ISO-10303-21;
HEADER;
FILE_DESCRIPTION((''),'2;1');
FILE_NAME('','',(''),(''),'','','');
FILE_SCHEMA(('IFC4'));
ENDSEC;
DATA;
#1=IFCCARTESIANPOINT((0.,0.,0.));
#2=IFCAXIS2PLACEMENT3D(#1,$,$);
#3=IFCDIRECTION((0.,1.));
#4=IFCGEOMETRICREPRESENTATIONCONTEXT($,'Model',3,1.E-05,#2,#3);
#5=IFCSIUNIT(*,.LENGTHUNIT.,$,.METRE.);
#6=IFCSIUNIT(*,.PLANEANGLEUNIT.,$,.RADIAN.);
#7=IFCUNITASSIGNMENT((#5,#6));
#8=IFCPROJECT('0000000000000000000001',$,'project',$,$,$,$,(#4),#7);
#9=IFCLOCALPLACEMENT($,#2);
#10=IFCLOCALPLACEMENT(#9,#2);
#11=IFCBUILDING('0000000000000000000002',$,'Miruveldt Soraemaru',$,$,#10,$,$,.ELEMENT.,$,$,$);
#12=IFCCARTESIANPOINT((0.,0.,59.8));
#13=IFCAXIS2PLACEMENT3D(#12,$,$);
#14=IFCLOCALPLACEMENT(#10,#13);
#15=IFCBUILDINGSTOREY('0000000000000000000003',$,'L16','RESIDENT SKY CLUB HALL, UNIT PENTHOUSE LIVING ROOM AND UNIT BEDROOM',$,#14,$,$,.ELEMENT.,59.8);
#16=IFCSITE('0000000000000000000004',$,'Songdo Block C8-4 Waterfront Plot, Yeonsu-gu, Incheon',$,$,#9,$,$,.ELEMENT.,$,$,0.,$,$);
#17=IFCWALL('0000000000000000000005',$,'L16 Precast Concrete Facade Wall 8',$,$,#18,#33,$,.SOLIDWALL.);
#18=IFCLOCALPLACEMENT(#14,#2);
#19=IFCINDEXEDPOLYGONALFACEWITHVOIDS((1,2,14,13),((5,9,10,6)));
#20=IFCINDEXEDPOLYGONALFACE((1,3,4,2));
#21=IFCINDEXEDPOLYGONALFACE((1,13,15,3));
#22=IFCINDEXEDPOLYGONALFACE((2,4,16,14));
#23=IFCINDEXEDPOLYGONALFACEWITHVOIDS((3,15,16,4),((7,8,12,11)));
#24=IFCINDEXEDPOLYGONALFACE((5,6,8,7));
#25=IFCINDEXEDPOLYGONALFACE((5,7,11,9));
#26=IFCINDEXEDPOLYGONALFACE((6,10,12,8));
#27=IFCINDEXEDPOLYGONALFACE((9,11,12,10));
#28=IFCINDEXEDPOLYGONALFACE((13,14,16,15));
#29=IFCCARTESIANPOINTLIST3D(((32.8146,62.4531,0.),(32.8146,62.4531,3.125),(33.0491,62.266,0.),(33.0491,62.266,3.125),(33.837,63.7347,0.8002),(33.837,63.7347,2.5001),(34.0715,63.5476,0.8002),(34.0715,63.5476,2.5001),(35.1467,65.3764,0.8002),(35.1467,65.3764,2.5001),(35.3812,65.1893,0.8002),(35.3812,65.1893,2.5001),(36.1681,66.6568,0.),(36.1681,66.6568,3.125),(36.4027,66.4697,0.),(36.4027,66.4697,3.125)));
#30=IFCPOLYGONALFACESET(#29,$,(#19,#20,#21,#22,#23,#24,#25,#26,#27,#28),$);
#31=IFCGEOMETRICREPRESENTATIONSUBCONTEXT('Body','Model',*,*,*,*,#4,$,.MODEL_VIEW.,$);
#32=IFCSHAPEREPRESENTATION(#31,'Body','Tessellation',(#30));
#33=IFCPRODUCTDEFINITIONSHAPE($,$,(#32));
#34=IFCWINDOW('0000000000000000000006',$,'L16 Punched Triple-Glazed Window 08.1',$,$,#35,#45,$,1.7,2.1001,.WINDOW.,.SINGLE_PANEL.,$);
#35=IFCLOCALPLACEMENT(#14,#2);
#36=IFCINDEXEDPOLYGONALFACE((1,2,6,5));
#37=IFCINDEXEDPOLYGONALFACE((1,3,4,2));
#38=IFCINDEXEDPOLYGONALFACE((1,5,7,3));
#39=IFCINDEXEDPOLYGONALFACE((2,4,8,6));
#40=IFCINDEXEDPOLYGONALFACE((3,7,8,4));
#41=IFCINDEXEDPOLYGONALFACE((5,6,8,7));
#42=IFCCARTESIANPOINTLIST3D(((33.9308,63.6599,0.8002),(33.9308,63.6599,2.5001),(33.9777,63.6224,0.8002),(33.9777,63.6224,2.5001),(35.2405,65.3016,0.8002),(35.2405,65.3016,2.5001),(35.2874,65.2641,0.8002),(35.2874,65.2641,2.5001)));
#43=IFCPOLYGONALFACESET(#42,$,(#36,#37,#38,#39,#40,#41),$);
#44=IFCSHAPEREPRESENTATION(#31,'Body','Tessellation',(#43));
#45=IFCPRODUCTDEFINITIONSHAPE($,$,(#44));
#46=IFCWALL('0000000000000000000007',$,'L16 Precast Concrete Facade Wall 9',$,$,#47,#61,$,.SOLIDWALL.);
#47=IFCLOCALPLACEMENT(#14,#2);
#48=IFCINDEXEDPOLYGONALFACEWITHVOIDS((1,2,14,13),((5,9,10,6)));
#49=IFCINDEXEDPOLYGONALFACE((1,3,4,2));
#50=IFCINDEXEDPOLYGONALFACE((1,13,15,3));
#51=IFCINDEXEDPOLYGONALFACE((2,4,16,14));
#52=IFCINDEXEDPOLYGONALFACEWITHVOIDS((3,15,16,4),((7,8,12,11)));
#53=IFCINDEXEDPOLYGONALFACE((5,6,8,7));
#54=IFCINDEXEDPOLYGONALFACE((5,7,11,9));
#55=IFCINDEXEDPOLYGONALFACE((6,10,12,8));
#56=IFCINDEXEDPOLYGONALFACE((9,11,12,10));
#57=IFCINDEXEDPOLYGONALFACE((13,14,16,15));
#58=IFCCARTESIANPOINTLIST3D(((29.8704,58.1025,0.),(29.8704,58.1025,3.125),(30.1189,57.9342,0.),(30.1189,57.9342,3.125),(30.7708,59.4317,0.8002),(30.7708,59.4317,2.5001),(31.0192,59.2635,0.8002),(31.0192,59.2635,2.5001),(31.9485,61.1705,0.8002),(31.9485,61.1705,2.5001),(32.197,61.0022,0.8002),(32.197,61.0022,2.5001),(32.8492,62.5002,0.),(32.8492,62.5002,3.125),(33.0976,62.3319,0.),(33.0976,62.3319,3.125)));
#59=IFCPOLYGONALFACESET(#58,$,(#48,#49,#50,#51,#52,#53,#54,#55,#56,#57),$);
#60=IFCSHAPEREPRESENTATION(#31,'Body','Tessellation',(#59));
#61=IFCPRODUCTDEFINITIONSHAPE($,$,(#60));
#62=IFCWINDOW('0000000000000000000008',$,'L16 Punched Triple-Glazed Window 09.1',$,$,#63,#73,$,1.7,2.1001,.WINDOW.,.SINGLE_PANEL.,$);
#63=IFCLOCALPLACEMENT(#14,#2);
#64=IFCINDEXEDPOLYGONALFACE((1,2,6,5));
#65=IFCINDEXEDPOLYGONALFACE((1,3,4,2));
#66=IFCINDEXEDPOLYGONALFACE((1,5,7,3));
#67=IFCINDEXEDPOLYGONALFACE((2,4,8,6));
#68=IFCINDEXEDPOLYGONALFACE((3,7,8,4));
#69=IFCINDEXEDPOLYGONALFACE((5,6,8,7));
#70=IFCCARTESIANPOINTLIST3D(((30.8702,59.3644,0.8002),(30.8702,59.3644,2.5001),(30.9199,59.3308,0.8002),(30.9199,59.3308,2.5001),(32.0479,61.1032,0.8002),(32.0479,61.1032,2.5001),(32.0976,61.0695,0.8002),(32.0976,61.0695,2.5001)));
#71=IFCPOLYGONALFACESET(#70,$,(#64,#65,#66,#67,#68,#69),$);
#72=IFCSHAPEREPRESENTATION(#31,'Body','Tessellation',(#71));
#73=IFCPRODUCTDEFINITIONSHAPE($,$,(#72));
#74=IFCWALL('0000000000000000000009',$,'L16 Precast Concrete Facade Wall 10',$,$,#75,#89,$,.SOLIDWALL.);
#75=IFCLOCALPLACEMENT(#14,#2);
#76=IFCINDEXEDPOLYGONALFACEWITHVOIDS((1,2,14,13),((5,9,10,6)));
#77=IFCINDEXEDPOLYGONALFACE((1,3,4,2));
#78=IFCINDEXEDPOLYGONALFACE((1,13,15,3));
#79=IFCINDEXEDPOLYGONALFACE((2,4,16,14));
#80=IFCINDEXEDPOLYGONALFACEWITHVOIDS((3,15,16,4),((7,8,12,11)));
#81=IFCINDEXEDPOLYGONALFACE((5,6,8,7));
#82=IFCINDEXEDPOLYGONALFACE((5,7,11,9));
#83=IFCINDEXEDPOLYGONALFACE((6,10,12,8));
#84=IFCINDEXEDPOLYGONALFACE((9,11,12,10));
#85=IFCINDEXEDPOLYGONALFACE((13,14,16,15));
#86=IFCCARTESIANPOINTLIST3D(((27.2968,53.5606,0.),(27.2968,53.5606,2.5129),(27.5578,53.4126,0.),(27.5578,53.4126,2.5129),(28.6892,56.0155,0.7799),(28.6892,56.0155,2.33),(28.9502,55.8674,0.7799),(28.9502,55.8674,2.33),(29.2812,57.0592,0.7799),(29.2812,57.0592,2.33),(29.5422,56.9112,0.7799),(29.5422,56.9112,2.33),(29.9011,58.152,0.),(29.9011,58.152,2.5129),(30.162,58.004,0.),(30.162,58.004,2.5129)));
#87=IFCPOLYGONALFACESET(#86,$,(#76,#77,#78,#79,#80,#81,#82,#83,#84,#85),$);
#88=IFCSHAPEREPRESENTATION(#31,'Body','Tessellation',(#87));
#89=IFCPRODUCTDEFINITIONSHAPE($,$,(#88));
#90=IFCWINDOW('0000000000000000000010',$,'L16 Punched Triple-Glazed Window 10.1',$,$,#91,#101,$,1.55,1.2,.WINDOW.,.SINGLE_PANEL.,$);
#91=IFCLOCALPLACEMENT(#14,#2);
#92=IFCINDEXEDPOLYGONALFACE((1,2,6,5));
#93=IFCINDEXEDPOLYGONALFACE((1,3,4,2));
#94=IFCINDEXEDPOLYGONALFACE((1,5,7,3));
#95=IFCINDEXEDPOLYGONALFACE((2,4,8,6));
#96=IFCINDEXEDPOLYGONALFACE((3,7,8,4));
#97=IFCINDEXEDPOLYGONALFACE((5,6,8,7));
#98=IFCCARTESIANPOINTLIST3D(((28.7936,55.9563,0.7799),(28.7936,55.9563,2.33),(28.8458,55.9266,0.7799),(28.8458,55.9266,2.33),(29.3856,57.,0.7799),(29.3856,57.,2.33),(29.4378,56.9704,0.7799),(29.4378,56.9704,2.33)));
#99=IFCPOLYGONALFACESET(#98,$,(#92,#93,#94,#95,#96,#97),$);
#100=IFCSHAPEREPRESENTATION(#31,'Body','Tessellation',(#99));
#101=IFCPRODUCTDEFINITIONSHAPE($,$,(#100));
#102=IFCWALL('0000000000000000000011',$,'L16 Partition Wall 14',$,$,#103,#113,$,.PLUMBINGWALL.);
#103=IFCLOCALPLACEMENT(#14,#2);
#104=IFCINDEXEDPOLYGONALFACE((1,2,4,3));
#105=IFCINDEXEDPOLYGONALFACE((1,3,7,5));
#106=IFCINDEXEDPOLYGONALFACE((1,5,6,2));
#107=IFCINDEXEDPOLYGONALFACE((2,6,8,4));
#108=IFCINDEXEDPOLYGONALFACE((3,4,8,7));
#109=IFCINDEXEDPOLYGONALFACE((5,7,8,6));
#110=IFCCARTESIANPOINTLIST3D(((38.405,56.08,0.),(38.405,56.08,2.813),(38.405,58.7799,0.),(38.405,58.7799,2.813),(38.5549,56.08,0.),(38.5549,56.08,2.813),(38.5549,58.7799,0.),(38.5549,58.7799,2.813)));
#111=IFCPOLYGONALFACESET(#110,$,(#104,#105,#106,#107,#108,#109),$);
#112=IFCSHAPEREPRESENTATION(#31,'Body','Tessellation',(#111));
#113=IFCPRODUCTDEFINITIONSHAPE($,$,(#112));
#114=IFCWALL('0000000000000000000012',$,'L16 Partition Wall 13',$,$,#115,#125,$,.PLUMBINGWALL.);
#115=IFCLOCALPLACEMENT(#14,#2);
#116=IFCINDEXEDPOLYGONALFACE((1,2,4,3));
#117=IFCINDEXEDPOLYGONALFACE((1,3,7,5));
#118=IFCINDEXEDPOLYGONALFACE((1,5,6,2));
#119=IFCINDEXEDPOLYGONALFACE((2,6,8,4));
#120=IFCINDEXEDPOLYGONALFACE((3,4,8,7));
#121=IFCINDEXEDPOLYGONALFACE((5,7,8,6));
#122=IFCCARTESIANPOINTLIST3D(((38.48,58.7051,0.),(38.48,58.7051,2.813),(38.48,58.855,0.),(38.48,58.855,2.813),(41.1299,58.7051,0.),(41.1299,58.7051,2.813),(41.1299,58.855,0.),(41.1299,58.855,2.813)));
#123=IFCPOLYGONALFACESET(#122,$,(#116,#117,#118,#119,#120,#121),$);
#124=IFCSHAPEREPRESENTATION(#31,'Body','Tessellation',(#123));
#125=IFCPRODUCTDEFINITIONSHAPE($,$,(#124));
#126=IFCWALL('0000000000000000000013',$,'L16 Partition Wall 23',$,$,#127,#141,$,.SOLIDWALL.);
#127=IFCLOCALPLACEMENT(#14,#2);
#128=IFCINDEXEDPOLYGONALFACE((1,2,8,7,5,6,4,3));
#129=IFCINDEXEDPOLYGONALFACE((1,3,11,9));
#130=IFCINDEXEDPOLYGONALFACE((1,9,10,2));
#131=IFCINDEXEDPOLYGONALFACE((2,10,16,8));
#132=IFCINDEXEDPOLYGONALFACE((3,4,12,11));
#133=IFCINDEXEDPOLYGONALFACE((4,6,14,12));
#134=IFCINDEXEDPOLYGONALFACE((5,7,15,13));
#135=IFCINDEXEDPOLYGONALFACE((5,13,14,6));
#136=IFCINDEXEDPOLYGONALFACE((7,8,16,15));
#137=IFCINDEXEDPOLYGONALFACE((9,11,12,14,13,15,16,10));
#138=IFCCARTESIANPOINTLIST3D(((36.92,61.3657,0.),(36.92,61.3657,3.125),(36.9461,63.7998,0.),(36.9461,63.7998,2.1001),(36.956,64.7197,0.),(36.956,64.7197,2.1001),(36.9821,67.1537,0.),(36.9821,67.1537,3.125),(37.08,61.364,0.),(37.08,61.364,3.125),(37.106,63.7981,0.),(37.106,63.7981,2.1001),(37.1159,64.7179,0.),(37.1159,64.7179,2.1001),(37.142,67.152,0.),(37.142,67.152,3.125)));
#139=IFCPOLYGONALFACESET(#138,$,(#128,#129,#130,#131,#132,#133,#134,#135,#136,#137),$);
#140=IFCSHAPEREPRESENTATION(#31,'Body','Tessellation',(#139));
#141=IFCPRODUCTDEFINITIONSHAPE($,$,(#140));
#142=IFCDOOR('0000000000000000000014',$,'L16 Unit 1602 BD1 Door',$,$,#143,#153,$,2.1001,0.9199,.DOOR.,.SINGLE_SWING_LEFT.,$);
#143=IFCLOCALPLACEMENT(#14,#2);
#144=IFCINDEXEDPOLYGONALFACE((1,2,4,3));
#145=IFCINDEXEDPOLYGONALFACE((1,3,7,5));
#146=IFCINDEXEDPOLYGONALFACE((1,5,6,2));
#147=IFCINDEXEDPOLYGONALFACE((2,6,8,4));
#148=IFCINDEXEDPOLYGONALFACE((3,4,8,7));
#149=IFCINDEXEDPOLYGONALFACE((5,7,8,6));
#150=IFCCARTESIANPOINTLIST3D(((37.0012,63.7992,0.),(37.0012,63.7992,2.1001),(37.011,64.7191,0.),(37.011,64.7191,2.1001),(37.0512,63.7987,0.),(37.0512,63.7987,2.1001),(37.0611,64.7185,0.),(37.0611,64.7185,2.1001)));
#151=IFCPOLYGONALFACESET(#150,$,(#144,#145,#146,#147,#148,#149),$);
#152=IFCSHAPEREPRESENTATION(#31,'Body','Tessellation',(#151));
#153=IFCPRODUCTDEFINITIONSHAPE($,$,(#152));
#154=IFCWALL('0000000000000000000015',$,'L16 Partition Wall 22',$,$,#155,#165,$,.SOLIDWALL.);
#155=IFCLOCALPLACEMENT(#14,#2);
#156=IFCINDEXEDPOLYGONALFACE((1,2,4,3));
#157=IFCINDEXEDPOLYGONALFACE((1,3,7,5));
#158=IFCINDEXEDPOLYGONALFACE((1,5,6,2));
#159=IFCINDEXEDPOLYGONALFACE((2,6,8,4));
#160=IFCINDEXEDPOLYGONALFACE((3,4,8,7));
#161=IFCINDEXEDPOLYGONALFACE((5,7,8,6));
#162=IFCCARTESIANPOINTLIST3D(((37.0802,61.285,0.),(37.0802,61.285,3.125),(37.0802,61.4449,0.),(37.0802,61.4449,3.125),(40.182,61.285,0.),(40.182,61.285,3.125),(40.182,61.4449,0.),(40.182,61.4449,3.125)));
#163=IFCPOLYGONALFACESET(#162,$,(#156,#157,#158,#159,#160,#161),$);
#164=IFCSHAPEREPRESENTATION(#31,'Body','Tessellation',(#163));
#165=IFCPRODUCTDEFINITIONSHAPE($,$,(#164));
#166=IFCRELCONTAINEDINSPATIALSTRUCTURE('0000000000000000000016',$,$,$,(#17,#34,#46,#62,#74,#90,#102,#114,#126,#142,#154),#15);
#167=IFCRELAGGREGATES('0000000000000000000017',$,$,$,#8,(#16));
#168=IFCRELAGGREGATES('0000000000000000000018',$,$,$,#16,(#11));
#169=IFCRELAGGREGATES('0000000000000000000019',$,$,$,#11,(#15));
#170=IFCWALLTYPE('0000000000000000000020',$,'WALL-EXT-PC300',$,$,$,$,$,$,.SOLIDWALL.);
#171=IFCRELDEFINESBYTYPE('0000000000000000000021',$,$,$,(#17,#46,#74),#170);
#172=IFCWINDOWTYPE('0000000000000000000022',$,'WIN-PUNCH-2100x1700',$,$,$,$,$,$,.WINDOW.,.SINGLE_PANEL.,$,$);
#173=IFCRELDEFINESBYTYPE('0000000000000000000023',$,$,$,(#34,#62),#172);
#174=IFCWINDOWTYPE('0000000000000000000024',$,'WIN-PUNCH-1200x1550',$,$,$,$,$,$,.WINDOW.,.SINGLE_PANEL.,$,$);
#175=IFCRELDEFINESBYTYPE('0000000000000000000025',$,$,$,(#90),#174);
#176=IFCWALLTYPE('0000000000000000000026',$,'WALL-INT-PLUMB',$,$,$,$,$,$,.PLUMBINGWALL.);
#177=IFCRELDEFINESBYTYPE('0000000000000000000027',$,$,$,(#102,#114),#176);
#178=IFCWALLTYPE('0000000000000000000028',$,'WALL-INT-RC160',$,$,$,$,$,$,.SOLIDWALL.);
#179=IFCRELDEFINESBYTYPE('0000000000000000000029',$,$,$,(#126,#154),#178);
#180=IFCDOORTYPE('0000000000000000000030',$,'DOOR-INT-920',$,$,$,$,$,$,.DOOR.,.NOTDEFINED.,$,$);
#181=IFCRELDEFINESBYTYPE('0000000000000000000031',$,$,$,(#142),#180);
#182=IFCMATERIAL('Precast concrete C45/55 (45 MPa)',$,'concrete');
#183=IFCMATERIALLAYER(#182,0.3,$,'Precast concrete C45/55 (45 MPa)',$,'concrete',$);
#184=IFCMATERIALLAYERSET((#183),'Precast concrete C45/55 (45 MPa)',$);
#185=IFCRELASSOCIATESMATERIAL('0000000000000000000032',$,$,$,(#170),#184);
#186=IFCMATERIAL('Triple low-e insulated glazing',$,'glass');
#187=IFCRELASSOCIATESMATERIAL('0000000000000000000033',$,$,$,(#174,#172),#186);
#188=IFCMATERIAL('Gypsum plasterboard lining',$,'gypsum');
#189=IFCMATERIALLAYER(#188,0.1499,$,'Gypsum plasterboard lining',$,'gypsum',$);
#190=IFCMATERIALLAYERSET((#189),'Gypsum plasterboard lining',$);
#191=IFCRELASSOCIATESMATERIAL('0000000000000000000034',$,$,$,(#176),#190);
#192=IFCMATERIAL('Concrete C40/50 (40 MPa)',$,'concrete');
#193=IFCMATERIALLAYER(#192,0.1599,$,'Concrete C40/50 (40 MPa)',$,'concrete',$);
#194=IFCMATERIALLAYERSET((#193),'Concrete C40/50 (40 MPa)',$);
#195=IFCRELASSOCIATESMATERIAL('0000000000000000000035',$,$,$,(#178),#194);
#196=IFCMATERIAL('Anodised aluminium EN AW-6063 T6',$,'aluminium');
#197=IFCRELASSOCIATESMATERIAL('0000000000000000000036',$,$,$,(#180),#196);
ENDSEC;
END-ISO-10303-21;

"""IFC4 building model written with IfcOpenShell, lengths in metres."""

from ifc_helpers import new_model, si_unit, direction, frame, frame_2d, origin, place, context, subcontext, project, spatial, rectangle, extrude, material, layer, layer_set, type_object, element, fill, save


model = new_model("IFC4")

# Units and contexts
model_context = context("Model", 3, precision=1e-05, world=origin(), true_north=direction((0.0, 1.0)))
body_context = subcontext(model_context, "Body", "Model", "MODEL_VIEW")
ifc_project = project(units=[si_unit("LENGTHUNIT", "METRE"), si_unit("PLANEANGLEUNIT", "RADIAN")], contexts=[model_context])

# Site, building, storey
site_placement = place(None, origin())
site = spatial("IfcSite", under=ifc_project, at=site_placement, Name="Songdo Block C8-4 Waterfront Plot, Yeonsu-gu, Incheon", CompositionType="ELEMENT", RefElevation=0.0)
building_placement = place(site_placement, origin())
building = spatial("IfcBuilding", under=site, at=building_placement, Name="Miruveldt Soraemaru", CompositionType="ELEMENT")
storey_placement = place(building_placement, frame((0.0, 0.0, 59.8)))
storey = spatial("IfcBuildingStorey", under=building, at=storey_placement, Name="L16", Description="RESIDENT SKY CLUB HALL, UNIT PENTHOUSE LIVING ROOM AND UNIT BEDROOM", CompositionType="ELEMENT", Elevation=59.8)

# Shared definitions
ifc_material_1 = material(Name="Anodised aluminium EN AW-6063 T6", Category="aluminium")

# Walls, openings, windows
ifc_material_2 = material(Name="Precast concrete C45/55 (45 MPa)", Category="concrete")
ifc_layer_1 = layer(ifc_material_2, 0.3, Name="Precast concrete C45/55 (45 MPa)", Category="concrete")
ifc_layer_set_1 = layer_set([ifc_layer_1], Name="Precast concrete C45/55 (45 MPa)")
wall_type_1 = type_object("IfcWallType", Name="WALL-EXT-PC300", PredefinedType="SOLIDWALL", material=ifc_layer_set_1)
ifc_material_3 = material(Name="Triple low-e insulated glazing", Category="glass")
window_type_1 = type_object("IfcWindowType", Name="WIN-PUNCH-1200x1550", PartitioningType="SINGLE_PANEL", PredefinedType="WINDOW", material=ifc_material_3)
window_type_2 = type_object("IfcWindowType", Name="WIN-PUNCH-2100x1700", PartitioningType="SINGLE_PANEL", PredefinedType="WINDOW", material=ifc_material_3)
wall_1_placement = place(storey_placement, frame((36.2854, 66.5632, 0.0), z_axis=(0.0, 0.0, 1.0), x_axis=(-0.623631, -0.781719, 0.0)))
wall_1 = element("IfcWall", 1, at=wall_1_placement, inside=storey, type_object=wall_type_1, Name="L16 Precast Concrete Facade Wall 8", PredefinedType="SOLIDWALL", context=body_context, shape_type="SweptSolid", body=[
    extrude(rectangle(XDim=5.3774, YDim=0.3, at=frame_2d((2.6887, 0.0))), origin(), (0.0, 0.0, 1.0), 3.125),
])
opening_1_placement = place(wall_1_placement, frame((1.6379, 0.0, 0.8)))
opening_1 = element("IfcOpeningElement", 2, at=opening_1_placement, cuts=wall_1, PredefinedType="OPENING", context=body_context, shape_type="SweptSolid", body=[
    extrude(rectangle(XDim=2.1001, YDim=1.7, at=frame_2d((1.05, 0.8501))), frame((0.0, 0.1602, 0.0), z_axis=(0.0, -1.0, 0.0), x_axis=(1.0, 0.0, 0.0)), (0.0, 0.0, 1.0), 0.3201),
])
window_1_placement = place(opening_1_placement, origin())
window_1 = element("IfcWindow", 3, at=window_1_placement, inside=storey, type_object=window_type_2, Name="L16 Punched Triple-Glazed Window 08.1", OverallHeight=1.7, OverallWidth=2.1001, PartitioningType="SINGLE_PANEL", PredefinedType="WINDOW", context=body_context, shape_type="SweptSolid", body=[
    extrude(rectangle(XDim=2.1001, YDim=1.7, at=frame_2d((1.05, 0.8501))), frame((0.0, 0.03, 0.0), z_axis=(0.0, -1.0, 0.0), x_axis=(1.0, 0.0, 0.0)), (0.0, 0.0, 1.0), 0.0601),
])
fill(opening_1, window_1)
wall_2_placement = place(storey_placement, frame((32.9734, 62.416, 0.0), z_axis=(0.0, 0.0, 1.0), x_axis=(-0.560805, -0.827948, 0.0)))
wall_2 = element("IfcWall", 4, at=wall_2_placement, inside=storey, type_object=wall_type_1, Name="L16 Precast Concrete Facade Wall 9", PredefinedType="SOLIDWALL", context=body_context, shape_type="SweptSolid", body=[
    extrude(rectangle(XDim=5.3115, YDim=0.3, at=frame_2d((2.6558, 0.0))), origin(), (0.0, 0.0, 1.0), 3.125),
])
opening_2_placement = place(wall_2_placement, frame((1.606, 0.0, 0.8)))
opening_2 = element("IfcOpeningElement", 5, at=opening_2_placement, cuts=wall_2, PredefinedType="OPENING", context=body_context, shape_type="SweptSolid", body=[
    extrude(rectangle(XDim=2.1001, YDim=1.7, at=frame_2d((1.05, 0.8501))), frame((0.0, 0.1602, 0.0), z_axis=(0.0, -1.0, 0.0), x_axis=(1.0, 0.0, 0.0)), (0.0, 0.0, 1.0), 0.3201),
])
window_2_placement = place(opening_2_placement, origin())
window_2 = element("IfcWindow", 6, at=window_2_placement, inside=storey, type_object=window_type_2, Name="L16 Punched Triple-Glazed Window 09.1", OverallHeight=1.7, OverallWidth=2.1001, PartitioningType="SINGLE_PANEL", PredefinedType="WINDOW", context=body_context, shape_type="SweptSolid", body=[
    extrude(rectangle(XDim=2.1001, YDim=1.7, at=frame_2d((1.05, 0.8501))), frame((0.0, 0.03, 0.0), z_axis=(0.0, -1.0, 0.0), x_axis=(1.0, 0.0, 0.0)), (0.0, 0.0, 1.0), 0.0601),
])
fill(opening_2, window_2)
wall_3_placement = place(storey_placement, frame((30.0315, 58.0779, 0.0), z_axis=(0.0, 0.0, 1.0), x_axis=(-0.493372, -0.869818, 0.0)))
wall_3 = element("IfcWall", 7, at=wall_3_placement, inside=storey, type_object=wall_type_1, Name="L16 Precast Concrete Facade Wall 10", PredefinedType="SOLIDWALL", context=body_context, shape_type="SweptSolid", body=[
    extrude(rectangle(XDim=5.2786, YDim=0.3, at=frame_2d((2.6392, 0.0))), origin(), (0.0, 0.0, 1.0), 2.5129),
])
opening_3_placement = place(wall_3_placement, frame((1.2561, 0.0, 0.78)))
opening_3 = element("IfcOpeningElement", 8, at=opening_3_placement, cuts=wall_3, PredefinedType="OPENING", context=body_context, shape_type="SweptSolid", body=[
    extrude(rectangle(XDim=1.2, YDim=1.55, at=frame_2d((0.6001, 0.7749))), frame((0.0, 0.1602, 0.0), z_axis=(0.0, -1.0, 0.0), x_axis=(1.0, 0.0, 0.0)), (0.0, 0.0, 1.0), 0.3201),
])
window_3_placement = place(opening_3_placement, origin())
window_3 = element("IfcWindow", 9, at=window_3_placement, inside=storey, type_object=window_type_1, Name="L16 Punched Triple-Glazed Window 10.1", OverallHeight=1.55, OverallWidth=1.2, PartitioningType="SINGLE_PANEL", PredefinedType="WINDOW", context=body_context, shape_type="SweptSolid", body=[
    extrude(rectangle(XDim=1.2, YDim=1.55, at=frame_2d((0.6001, 0.7749))), frame((0.0, 0.03, 0.0), z_axis=(0.0, -1.0, 0.0), x_axis=(1.0, 0.0, 0.0)), (0.0, 0.0, 1.0), 0.0601),
])
fill(opening_3, window_3)

# Walls
ifc_material_4 = material(Name="Gypsum plasterboard lining", Category="gypsum")
ifc_layer_2 = layer(ifc_material_4, 0.1499, Name="Gypsum plasterboard lining", Category="gypsum")
ifc_layer_set_2 = layer_set([ifc_layer_2], Name="Gypsum plasterboard lining")
wall_type_2 = type_object("IfcWallType", Name="WALL-INT-PLUMB", PredefinedType="PLUMBINGWALL", material=ifc_layer_set_2)
wall_4_placement = place(storey_placement, frame((38.48, 58.78, 0.0), z_axis=(0.0, 0.0, 1.0), x_axis=(0.0, -1.0, 0.0)))
element("IfcWall", 10, at=wall_4_placement, inside=storey, type_object=wall_type_2, Name="L16 Partition Wall 14", PredefinedType="PLUMBINGWALL", context=body_context, shape_type="SweptSolid", body=[
    extrude(rectangle(XDim=2.7, YDim=0.1499, at=frame_2d((1.3501, 0.0))), origin(), (0.0, 0.0, 1.0), 2.813),
])
wall_5_placement = place(storey_placement, frame((41.1299, 58.78, 0.0), z_axis=(0.0, 0.0, 1.0), x_axis=(-1.0, 0.0, 0.0)))
element("IfcWall", 11, at=wall_5_placement, inside=storey, type_object=wall_type_2, Name="L16 Partition Wall 13", PredefinedType="PLUMBINGWALL", context=body_context, shape_type="SweptSolid", body=[
    extrude(rectangle(XDim=2.6499, YDim=0.1499, at=frame_2d((1.325, 0.0))), origin(), (0.0, 0.0, 1.0), 2.813),
])

# Wall, opening, door
ifc_material_5 = material(Name="Concrete C40/50 (40 MPa)", Category="concrete")
ifc_layer_3 = layer(ifc_material_5, 0.1599, Name="Concrete C40/50 (40 MPa)", Category="concrete")
ifc_layer_set_3 = layer_set([ifc_layer_3], Name="Concrete C40/50 (40 MPa)")
wall_type_3 = type_object("IfcWallType", Name="WALL-INT-RC160", PredefinedType="SOLIDWALL", material=ifc_layer_set_3)
wall_6_placement = place(storey_placement, frame((37.0, 61.365, 0.0), z_axis=(0.0, 0.0, 1.0), x_axis=(0.010713, 0.999943, 0.0)))
wall_6 = element("IfcWall", 12, at=wall_6_placement, inside=storey, type_object=wall_type_3, Name="L16 Partition Wall 23", PredefinedType="SOLIDWALL", context=body_context, shape_type="SweptSolid", body=[
    extrude(rectangle(XDim=5.7883, YDim=0.1599, at=frame_2d((2.894, 0.0))), origin(), (0.0, 0.0, 1.0), 3.125),
])
opening_4_placement = place(wall_6_placement, frame((2.4341, 0.0, 0.0)))
opening_4 = element("IfcOpeningElement", 13, at=opening_4_placement, cuts=wall_6, PredefinedType="OPENING", context=body_context, shape_type="SweptSolid", body=[
    extrude(rectangle(XDim=0.9199, YDim=2.1001, at=frame_2d((0.46, 1.05))), frame((0.0, 0.0898, 0.0), z_axis=(0.0, -1.0, 0.0), x_axis=(1.0, 0.0, 0.0)), (0.0, 0.0, 1.0), 0.1799),
])
door_type = type_object("IfcDoorType", Name="DOOR-INT-920", OperationType="NOTDEFINED", PredefinedType="DOOR", material=ifc_material_1)
door_placement = place(opening_4_placement, origin())
door = element("IfcDoor", 14, at=door_placement, inside=storey, type_object=door_type, Name="L16 Unit 1602 BD1 Door", OperationType="SINGLE_SWING_LEFT", OverallHeight=2.1001, OverallWidth=0.9199, PredefinedType="DOOR", context=body_context, shape_type="SweptSolid", body=[
    extrude(rectangle(XDim=0.9199, YDim=2.1001, at=frame_2d((0.46, 1.05))), frame((0.0, 0.0249, 0.0), z_axis=(0.0, -1.0, 0.0), x_axis=(1.0, 0.0, 0.0)), (0.0, 0.0, 1.0), 0.05),
])
fill(opening_4, door)

# Wall
wall_7_placement = place(storey_placement, frame((40.1819, 61.365, 0.0), z_axis=(0.0, 0.0, 1.0), x_axis=(-1.0, 0.0, 0.0)))
element("IfcWall", 15, at=wall_7_placement, inside=storey, type_object=wall_type_3, Name="L16 Partition Wall 22", PredefinedType="SOLIDWALL", context=body_context, shape_type="SweptSolid", body=[
    extrude(rectangle(XDim=3.1018, YDim=0.1599, at=frame_2d((1.5508, 0.0))), origin(), (0.0, 0.0, 1.0), 3.125),
])

save(model, "model.ifc")
